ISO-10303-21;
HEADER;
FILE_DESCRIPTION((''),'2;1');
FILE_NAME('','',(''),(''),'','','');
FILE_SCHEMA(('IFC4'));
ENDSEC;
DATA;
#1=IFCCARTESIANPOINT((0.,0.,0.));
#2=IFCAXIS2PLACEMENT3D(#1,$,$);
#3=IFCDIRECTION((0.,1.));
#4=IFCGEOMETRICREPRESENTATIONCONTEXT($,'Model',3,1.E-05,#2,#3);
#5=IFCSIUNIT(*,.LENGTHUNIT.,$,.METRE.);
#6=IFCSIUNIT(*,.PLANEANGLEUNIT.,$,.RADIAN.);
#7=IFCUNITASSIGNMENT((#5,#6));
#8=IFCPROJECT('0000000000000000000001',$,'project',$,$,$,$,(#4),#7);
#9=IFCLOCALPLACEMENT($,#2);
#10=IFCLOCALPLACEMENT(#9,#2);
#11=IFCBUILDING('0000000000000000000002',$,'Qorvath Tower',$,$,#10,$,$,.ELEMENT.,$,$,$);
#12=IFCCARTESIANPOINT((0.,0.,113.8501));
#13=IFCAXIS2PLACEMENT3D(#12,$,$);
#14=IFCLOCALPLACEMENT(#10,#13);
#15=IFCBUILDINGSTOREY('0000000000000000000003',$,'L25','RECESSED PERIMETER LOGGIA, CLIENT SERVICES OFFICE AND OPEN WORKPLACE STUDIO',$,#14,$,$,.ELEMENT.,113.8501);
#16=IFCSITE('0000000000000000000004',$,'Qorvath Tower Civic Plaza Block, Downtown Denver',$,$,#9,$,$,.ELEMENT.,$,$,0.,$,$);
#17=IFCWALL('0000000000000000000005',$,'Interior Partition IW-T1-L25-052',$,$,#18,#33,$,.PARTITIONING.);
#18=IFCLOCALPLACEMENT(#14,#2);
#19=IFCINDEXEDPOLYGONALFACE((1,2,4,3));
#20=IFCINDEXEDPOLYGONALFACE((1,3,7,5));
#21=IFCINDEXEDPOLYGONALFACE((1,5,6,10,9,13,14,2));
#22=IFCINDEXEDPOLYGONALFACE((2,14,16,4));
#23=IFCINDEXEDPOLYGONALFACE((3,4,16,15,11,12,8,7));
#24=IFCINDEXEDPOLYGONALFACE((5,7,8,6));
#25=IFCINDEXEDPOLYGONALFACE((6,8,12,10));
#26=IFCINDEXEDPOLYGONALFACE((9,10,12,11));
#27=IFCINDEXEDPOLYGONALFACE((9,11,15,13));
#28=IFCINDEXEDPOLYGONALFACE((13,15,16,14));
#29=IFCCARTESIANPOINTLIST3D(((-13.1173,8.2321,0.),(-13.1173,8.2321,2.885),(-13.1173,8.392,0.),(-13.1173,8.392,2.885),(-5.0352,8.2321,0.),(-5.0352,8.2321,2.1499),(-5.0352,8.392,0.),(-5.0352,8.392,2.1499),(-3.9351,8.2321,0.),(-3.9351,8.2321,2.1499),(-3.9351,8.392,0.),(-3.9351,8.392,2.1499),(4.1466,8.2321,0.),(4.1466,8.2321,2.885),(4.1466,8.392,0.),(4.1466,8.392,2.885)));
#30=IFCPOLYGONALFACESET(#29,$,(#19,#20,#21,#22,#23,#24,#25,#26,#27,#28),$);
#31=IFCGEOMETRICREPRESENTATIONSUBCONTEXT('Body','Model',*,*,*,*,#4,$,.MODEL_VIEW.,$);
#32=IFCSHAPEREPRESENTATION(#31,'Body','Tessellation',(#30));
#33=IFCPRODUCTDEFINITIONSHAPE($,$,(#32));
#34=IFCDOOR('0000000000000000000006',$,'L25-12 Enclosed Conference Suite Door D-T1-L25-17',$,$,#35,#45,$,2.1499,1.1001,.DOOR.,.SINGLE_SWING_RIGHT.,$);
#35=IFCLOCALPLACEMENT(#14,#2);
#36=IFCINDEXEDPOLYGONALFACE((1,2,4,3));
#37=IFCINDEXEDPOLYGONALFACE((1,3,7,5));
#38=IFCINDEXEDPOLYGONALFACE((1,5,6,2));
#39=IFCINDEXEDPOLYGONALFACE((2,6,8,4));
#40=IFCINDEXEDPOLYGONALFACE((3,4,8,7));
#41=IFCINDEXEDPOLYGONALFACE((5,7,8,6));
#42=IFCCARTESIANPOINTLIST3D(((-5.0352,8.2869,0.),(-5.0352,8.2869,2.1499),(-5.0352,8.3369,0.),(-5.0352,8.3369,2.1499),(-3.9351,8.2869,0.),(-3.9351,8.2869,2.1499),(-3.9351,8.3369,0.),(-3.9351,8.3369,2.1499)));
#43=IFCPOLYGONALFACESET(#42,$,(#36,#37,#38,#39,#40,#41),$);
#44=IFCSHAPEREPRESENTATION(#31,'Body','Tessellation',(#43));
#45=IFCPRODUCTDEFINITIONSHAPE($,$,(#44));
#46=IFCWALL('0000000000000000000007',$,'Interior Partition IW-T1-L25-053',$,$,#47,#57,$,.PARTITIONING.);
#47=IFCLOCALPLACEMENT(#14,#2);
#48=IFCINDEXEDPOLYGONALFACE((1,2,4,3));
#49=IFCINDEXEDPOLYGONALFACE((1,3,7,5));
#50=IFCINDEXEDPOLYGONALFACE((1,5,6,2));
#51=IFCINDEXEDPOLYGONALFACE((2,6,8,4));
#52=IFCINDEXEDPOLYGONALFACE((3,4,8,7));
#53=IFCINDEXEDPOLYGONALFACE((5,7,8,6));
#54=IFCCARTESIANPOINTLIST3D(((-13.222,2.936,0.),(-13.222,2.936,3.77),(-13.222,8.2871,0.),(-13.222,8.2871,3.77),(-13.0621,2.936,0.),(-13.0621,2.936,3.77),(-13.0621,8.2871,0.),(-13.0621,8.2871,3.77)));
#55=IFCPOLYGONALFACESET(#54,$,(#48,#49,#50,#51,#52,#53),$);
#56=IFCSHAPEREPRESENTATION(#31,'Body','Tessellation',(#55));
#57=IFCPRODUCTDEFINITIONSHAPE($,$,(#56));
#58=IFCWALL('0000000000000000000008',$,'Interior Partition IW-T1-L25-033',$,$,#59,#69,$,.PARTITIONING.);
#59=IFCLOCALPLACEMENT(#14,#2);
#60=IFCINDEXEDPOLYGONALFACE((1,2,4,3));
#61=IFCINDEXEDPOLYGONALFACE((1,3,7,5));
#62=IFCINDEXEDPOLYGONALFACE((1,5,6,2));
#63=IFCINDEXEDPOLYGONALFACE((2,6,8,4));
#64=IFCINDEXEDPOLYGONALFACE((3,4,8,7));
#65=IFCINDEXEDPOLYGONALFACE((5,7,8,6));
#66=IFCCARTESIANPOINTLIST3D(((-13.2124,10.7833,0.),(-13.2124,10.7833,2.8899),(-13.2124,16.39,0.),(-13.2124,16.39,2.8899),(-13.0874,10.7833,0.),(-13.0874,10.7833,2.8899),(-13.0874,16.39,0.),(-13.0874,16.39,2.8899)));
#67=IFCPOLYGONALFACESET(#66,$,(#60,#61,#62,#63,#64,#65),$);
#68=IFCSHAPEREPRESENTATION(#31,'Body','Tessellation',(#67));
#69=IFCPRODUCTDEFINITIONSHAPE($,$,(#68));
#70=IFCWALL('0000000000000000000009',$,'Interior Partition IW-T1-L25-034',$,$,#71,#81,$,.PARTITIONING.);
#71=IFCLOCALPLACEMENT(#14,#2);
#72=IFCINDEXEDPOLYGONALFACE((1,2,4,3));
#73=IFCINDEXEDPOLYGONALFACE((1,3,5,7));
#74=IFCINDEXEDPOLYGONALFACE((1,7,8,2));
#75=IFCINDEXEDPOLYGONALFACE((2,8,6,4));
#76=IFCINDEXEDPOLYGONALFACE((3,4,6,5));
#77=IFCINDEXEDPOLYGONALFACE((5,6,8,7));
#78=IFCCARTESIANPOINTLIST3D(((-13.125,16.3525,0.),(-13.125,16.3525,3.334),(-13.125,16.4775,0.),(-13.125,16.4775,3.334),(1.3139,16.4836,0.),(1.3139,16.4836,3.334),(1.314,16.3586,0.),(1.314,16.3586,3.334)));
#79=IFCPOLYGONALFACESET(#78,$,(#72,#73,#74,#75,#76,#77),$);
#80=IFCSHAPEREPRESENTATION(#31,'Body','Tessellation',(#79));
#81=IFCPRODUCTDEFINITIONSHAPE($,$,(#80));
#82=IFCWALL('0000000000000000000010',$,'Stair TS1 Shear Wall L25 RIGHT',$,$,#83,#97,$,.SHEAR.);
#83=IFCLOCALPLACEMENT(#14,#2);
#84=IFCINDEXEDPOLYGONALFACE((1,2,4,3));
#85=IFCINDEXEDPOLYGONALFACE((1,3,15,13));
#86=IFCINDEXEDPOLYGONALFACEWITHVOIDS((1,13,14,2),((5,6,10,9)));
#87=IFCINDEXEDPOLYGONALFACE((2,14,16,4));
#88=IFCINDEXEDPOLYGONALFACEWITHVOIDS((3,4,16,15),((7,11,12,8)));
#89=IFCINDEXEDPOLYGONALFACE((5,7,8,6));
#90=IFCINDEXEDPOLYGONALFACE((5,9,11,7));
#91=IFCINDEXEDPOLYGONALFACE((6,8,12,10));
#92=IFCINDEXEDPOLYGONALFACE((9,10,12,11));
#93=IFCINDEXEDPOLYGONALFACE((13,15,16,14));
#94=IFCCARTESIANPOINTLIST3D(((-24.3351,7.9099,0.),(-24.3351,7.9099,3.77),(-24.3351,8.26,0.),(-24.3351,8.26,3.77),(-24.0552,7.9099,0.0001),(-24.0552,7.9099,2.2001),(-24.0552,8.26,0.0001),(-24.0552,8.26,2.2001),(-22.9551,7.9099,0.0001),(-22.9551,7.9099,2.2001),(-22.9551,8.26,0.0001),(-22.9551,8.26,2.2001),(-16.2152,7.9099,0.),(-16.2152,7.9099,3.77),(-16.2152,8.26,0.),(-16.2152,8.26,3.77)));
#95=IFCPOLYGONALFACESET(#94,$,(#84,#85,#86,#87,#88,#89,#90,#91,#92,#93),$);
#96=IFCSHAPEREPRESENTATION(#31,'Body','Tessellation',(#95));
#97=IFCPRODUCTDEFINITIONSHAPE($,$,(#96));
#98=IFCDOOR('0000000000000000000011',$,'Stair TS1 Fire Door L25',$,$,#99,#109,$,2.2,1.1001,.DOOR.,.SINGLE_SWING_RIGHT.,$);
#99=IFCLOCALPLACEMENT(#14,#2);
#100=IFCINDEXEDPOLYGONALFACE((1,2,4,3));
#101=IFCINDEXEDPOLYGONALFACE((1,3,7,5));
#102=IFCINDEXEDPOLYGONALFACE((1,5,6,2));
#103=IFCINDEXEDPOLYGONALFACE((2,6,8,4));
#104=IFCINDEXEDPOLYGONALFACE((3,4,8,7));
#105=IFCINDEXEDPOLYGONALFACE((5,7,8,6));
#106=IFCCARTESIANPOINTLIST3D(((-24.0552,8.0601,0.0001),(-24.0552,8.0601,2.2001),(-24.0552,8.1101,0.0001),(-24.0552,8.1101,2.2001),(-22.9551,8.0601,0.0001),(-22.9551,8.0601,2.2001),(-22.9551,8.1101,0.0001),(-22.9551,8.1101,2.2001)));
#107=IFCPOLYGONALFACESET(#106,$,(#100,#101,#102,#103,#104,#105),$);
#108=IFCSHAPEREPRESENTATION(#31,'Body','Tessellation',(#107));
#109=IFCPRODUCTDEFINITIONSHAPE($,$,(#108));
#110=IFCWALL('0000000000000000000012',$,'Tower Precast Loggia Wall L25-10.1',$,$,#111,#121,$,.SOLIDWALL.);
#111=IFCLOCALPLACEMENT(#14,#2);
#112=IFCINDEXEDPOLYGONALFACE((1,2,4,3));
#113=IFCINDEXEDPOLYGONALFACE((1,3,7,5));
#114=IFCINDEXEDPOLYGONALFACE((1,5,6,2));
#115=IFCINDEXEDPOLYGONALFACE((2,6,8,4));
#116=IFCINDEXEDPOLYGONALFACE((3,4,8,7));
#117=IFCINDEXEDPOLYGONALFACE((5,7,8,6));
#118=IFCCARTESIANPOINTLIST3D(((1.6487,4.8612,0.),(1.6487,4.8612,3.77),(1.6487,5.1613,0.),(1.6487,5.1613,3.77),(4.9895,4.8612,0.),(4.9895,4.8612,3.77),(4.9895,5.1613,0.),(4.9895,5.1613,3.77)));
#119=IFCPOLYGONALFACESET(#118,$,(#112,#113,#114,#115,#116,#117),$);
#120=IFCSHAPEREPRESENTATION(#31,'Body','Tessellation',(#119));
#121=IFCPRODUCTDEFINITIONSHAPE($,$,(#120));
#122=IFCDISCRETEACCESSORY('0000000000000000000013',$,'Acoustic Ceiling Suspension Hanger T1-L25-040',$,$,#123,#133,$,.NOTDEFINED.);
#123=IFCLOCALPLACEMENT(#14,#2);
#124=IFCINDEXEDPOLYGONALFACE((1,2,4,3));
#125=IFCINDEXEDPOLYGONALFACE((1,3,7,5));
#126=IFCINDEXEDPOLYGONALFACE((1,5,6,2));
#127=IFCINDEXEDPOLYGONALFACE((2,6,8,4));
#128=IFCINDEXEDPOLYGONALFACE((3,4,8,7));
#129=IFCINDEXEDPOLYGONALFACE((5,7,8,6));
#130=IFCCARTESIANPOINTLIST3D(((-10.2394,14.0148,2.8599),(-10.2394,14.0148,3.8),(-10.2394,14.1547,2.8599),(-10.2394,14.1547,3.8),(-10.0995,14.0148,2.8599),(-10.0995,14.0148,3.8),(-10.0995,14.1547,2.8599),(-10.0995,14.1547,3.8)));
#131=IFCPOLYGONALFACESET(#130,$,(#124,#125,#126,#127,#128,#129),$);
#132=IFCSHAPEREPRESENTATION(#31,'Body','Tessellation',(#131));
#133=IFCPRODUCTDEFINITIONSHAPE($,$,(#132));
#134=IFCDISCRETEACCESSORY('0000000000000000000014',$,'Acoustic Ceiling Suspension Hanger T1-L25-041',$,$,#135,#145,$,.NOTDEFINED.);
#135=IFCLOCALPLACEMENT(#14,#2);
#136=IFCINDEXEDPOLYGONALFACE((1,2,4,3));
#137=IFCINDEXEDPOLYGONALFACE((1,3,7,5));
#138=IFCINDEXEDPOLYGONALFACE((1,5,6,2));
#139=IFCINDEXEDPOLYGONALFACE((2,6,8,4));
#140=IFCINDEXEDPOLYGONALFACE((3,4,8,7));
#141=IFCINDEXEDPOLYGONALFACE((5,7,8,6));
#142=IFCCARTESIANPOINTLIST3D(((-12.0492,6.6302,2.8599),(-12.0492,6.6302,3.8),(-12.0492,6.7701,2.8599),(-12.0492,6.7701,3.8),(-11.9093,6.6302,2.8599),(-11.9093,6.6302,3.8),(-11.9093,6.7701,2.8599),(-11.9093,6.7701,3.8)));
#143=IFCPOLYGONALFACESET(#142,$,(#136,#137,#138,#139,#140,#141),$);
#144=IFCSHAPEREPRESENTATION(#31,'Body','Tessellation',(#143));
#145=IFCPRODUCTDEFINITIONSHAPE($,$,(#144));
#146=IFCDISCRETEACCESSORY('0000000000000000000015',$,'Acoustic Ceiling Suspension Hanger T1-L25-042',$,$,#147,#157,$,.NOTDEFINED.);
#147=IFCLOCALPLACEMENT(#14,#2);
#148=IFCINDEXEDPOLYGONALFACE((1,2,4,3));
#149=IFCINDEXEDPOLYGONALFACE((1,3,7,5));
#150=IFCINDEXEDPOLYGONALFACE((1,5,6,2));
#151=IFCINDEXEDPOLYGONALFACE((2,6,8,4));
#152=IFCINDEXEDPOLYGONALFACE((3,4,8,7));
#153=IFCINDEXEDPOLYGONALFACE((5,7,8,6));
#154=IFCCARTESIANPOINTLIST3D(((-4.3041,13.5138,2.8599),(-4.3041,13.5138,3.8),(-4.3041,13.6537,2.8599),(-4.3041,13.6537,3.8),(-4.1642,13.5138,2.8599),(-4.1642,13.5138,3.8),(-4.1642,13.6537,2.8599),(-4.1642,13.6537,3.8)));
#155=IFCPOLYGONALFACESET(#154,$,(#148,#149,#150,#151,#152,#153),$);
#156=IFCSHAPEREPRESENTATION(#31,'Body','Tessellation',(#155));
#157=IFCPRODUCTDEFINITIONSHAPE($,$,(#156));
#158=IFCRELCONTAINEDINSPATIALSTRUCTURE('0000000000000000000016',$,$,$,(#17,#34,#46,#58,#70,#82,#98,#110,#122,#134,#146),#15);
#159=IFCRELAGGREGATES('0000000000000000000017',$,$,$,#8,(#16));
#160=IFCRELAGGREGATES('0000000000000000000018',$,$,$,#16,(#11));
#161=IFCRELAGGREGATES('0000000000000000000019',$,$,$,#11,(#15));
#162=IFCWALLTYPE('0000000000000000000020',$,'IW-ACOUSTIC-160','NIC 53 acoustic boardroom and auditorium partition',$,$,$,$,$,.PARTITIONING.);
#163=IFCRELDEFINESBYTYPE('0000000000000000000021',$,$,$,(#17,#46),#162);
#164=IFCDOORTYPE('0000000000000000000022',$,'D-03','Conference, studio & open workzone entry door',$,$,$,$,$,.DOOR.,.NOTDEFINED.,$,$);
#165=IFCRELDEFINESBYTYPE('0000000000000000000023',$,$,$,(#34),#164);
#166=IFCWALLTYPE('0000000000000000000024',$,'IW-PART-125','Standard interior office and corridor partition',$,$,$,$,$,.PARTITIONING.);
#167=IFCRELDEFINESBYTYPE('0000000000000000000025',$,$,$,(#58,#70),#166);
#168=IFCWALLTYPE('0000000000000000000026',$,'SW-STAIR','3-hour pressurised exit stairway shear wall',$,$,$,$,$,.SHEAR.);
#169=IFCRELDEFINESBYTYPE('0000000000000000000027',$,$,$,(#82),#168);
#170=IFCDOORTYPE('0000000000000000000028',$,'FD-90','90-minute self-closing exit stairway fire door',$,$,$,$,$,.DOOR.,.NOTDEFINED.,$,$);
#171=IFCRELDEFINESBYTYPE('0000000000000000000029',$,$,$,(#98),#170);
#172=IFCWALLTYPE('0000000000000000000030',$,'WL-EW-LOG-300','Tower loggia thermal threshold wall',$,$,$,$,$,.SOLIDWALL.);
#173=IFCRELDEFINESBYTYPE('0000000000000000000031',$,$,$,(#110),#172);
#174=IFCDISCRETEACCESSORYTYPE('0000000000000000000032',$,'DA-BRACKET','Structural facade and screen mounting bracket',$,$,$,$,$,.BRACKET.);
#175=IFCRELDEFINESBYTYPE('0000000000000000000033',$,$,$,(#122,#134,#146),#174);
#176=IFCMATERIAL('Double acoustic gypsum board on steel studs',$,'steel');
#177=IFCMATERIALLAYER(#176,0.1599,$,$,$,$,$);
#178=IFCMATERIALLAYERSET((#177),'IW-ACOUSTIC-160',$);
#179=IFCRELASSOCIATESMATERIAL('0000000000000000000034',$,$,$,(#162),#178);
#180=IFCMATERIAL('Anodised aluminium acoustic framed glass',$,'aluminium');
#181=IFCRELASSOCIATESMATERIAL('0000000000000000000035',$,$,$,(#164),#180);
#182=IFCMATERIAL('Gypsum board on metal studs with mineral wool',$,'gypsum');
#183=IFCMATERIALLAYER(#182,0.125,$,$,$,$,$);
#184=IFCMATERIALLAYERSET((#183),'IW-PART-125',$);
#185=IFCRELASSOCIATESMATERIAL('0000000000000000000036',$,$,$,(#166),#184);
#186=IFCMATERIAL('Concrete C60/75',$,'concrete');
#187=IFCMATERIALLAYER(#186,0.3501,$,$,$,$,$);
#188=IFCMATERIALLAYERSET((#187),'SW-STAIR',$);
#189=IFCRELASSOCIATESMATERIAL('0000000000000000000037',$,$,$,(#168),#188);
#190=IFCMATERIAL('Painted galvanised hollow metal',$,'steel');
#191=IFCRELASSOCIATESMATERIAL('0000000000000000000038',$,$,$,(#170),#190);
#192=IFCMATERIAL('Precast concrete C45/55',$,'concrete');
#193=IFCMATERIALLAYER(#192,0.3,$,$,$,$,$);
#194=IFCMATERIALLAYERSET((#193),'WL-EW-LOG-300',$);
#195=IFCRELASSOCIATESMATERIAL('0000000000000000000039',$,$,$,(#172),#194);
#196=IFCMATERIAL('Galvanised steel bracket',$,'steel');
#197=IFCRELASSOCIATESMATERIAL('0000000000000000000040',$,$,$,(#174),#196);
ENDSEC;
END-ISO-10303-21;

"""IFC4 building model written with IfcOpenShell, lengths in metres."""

from ifc_helpers import new_model, si_unit, direction, frame, frame_2d, origin, origin_2d, place, context, subcontext, project, spatial, rectangle, extrude, material, layer, layer_set, type_object, element, fill, save


model = new_model("IFC4")

# Units and contexts
model_context = context("Model", 3, precision=1e-05, world=origin(), true_north=direction((0.0, 1.0)))
body_context = subcontext(model_context, "Body", "Model", "MODEL_VIEW")
ifc_project = project(units=[si_unit("LENGTHUNIT", "METRE"), si_unit("PLANEANGLEUNIT", "RADIAN")], contexts=[model_context])

# Site, building, storey
site_placement = place(None, origin())
site = spatial("IfcSite", under=ifc_project, at=site_placement, Name="Qorvath Tower Civic Plaza Block, Downtown Denver", CompositionType="ELEMENT", RefElevation=0.0)
building_placement = place(site_placement, origin())
building = spatial("IfcBuilding", under=site, at=building_placement, Name="Qorvath Tower", CompositionType="ELEMENT")
storey_placement = place(building_placement, frame((0.0, 0.0, 113.8501)))
storey = spatial("IfcBuildingStorey", under=building, at=storey_placement, Name="L25", Description="RECESSED PERIMETER LOGGIA, CLIENT SERVICES OFFICE AND OPEN WORKPLACE STUDIO", CompositionType="ELEMENT", Elevation=113.8501)

# Shared definitions
ifc_material_1 = material(Name="Double acoustic gypsum board on steel studs", Category="steel")
ifc_layer_1 = layer(ifc_material_1, 0.1599)
ifc_layer_set_1 = layer_set([ifc_layer_1], Name="IW-ACOUSTIC-160")
wall_type_1 = type_object("IfcWallType", Name="IW-ACOUSTIC-160", Description="NIC 53 acoustic boardroom and auditorium partition", PredefinedType="PARTITIONING", material=ifc_layer_set_1)

# Wall, opening, door
wall_1_placement = place(storey_placement, frame((-13.1172, 8.312, 0.0), z_axis=(0.0, 0.0, 1.0), x_axis=(1.0, 0.0, 0.0)))
wall_1 = element("IfcWall", 1, at=wall_1_placement, inside=storey, type_object=wall_type_1, Name="Interior Partition IW-T1-L25-052", PredefinedType="PARTITIONING", context=body_context, shape_type="SweptSolid", body=[
    extrude(rectangle(XDim=17.2639, YDim=0.1599, at=frame_2d((8.6318, 0.0))), origin(), (0.0, 0.0, 1.0), 2.885),
])
opening_1_placement = place(wall_1_placement, frame((8.082, 0.0, 0.0)))
opening_1 = element("IfcOpeningElement", 2, at=opening_1_placement, cuts=wall_1, PredefinedType="OPENING", context=body_context, shape_type="SweptSolid", body=[
    extrude(rectangle(XDim=1.1001, YDim=2.1499, at=frame_2d((0.55, 1.075))), frame((0.0, 0.0898, 0.0), z_axis=(0.0, -1.0, 0.0), x_axis=(1.0, 0.0, 0.0)), (0.0, 0.0, 1.0), 0.1799),
])
ifc_material_2 = material(Name="Anodised aluminium acoustic framed glass", Category="aluminium")
door_type_1 = type_object("IfcDoorType", Name="D-03", Description="Conference, studio & open workzone entry door", OperationType="NOTDEFINED", PredefinedType="DOOR", material=ifc_material_2)
door_1_placement = place(opening_1_placement, origin())
door_1 = element("IfcDoor", 3, at=door_1_placement, inside=storey, type_object=door_type_1, Name="L25-12 Enclosed Conference Suite Door D-T1-L25-17", OperationType="SINGLE_SWING_RIGHT", OverallHeight=2.1499, OverallWidth=1.1001, PredefinedType="DOOR", context=body_context, shape_type="SweptSolid", body=[
    extrude(rectangle(XDim=1.1001, YDim=2.1499, at=frame_2d((0.55, 1.075))), frame((0.0, 0.0249, 0.0), z_axis=(0.0, -1.0, 0.0), x_axis=(1.0, 0.0, 0.0)), (0.0, 0.0, 1.0), 0.05),
])
fill(opening_1, door_1)

# Wall
wall_2_placement = place(storey_placement, frame((-13.1421, 8.2871, 0.0), z_axis=(0.0, 0.0, 1.0), x_axis=(0.0, -1.0, 0.0)))
element("IfcWall", 4, at=wall_2_placement, inside=storey, type_object=wall_type_1, Name="Interior Partition IW-T1-L25-053", PredefinedType="PARTITIONING", context=body_context, shape_type="SweptSolid", body=[
    extrude(rectangle(XDim=5.3511, YDim=0.1599, at=frame_2d((2.6755, 0.0))), origin(), (0.0, 0.0, 1.0), 3.77),
])

# Shared definitions
ifc_material_3 = material(Name="Gypsum board on metal studs with mineral wool", Category="gypsum")
ifc_layer_2 = layer(ifc_material_3, 0.125)
ifc_layer_set_2 = layer_set([ifc_layer_2], Name="IW-PART-125")
wall_type_2 = type_object("IfcWallType", Name="IW-PART-125", Description="Standard interior office and corridor partition", PredefinedType="PARTITIONING", material=ifc_layer_set_2)

# Walls
wall_3_placement = place(storey_placement, frame((-13.1499, 16.3899, 0.0), z_axis=(0.0, 0.0, 1.0), x_axis=(0.0, -1.0, 0.0)))
element("IfcWall", 5, at=wall_3_placement, inside=storey, type_object=wall_type_2, Name="Interior Partition IW-T1-L25-033", PredefinedType="PARTITIONING", context=body_context, shape_type="SweptSolid", body=[
    extrude(rectangle(XDim=5.6067, YDim=0.125, at=frame_2d((2.8032, 0.0))), origin(), (0.0, 0.0, 1.0), 2.8899),
])
wall_4_placement = place(storey_placement, frame((-13.125, 16.415, 0.0), z_axis=(0.0, 0.0, 1.0), x_axis=(1.0, 0.000423, 0.0)))
element("IfcWall", 6, at=wall_4_placement, inside=storey, type_object=wall_type_2, Name="Interior Partition IW-T1-L25-034", PredefinedType="PARTITIONING", context=body_context, shape_type="SweptSolid", body=[
    extrude(rectangle(XDim=14.439, YDim=0.125, at=frame_2d((7.2195, 0.0))), origin(), (0.0, 0.0, 1.0), 3.334),
])

# Wall, opening, door
ifc_material_4 = material(Name="Concrete C60/75", Category="concrete")
ifc_layer_3 = layer(ifc_material_4, 0.3501)
ifc_layer_set_3 = layer_set([ifc_layer_3], Name="SW-STAIR")
wall_type_3 = type_object("IfcWallType", Name="SW-STAIR", Description="3-hour pressurised exit stairway shear wall", PredefinedType="SHEAR", material=ifc_layer_set_3)
wall_5_placement = place(storey_placement, frame((-16.2151, 8.085, 0.0), z_axis=(0.0, 0.0, 1.0), x_axis=(-1.0, 0.0, 0.0)))
wall_5 = element("IfcWall", 7, at=wall_5_placement, inside=storey, type_object=wall_type_3, Name="Stair TS1 Shear Wall L25 RIGHT", PredefinedType="SHEAR", context=body_context, shape_type="SweptSolid", body=[
    extrude(rectangle(XDim=8.1199, YDim=0.3501, at=frame_2d((4.0601, 0.0))), origin(), (0.0, 0.0, 1.0), 3.77),
])
opening_2_placement = place(wall_5_placement, frame((6.74, 0.0, 0.0)))
opening_2 = element("IfcOpeningElement", 8, at=opening_2_placement, cuts=wall_5, PredefinedType="OPENING", context=body_context, shape_type="SweptSolid", body=[
    extrude(rectangle(XDim=1.1001, YDim=2.2, at=frame_2d((0.55, 1.1001))), frame((0.0, 0.1851, 0.0), z_axis=(0.0, -1.0, 0.0), x_axis=(1.0, 0.0, 0.0)), (0.0, 0.0, 1.0), 0.3701),
])
ifc_material_5 = material(Name="Painted galvanised hollow metal", Category="steel")
door_type_2 = type_object("IfcDoorType", Name="FD-90", Description="90-minute self-closing exit stairway fire door", OperationType="NOTDEFINED", PredefinedType="DOOR", material=ifc_material_5)
door_2_placement = place(opening_2_placement, origin())
door_2 = element("IfcDoor", 9, at=door_2_placement, inside=storey, type_object=door_type_2, Name="Stair TS1 Fire Door L25", OperationType="SINGLE_SWING_RIGHT", OverallHeight=2.2, OverallWidth=1.1001, PredefinedType="DOOR", context=body_context, shape_type="SweptSolid", body=[
    extrude(rectangle(XDim=1.1001, YDim=2.2, at=frame_2d((0.55, 1.1001))), frame((0.0, 0.0249, 0.0), z_axis=(0.0, -1.0, 0.0), x_axis=(1.0, 0.0, 0.0)), (0.0, 0.0, 1.0), 0.05),
])
fill(opening_2, door_2)

# Wall
ifc_material_6 = material(Name="Precast concrete C45/55", Category="concrete")
ifc_layer_4 = layer(ifc_material_6, 0.3)
ifc_layer_set_4 = layer_set([ifc_layer_4], Name="WL-EW-LOG-300")
wall_type_4 = type_object("IfcWallType", Name="WL-EW-LOG-300", Description="Tower loggia thermal threshold wall", PredefinedType="SOLIDWALL", material=ifc_layer_set_4)
wall_6_placement = place(storey_placement, frame((1.6487, 5.0112, 0.0), z_axis=(0.0, 0.0, 1.0), x_axis=(1.0, 0.0, 0.0)))
element("IfcWall", 10, at=wall_6_placement, inside=storey, type_object=wall_type_4, Name="Tower Precast Loggia Wall L25-10.1", PredefinedType="SOLIDWALL", context=body_context, shape_type="SweptSolid", body=[
    extrude(rectangle(XDim=3.3408, YDim=0.3, at=frame_2d((1.6704, 0.0))), origin(), (0.0, 0.0, 1.0), 3.77),
])

# Discrete accessories
ifc_material_7 = material(Name="Galvanised steel bracket", Category="steel")
discrete_accessory_type = type_object("IfcDiscreteAccessoryType", Name="DA-BRACKET", Description="Structural facade and screen mounting bracket", PredefinedType="BRACKET", material=ifc_material_7)
for number, where, z_axis, x_axis, name in (
    (11, (-10.1694, 14.0847, 2.8599), (0.0, 0.0, 1.0), (1.0, 0.0, 0.0), "Acoustic Ceiling Suspension Hanger T1-L25-040"),
    (12, (-11.9792, 6.7002, 2.8599), (0.0, 0.0, 1.0), (1.0, 0.0, 0.0), "Acoustic Ceiling Suspension Hanger T1-L25-041"),
    (13, (-4.2341, 13.5837, 2.8599), (0.0, 0.0, 1.0), (1.0, 0.0, 0.0), "Acoustic Ceiling Suspension Hanger T1-L25-042"),
):
    element("IfcDiscreteAccessory", number, at=place(storey_placement, frame(where, z_axis=z_axis, x_axis=x_axis)), inside=storey, type_object=discrete_accessory_type, Name=name, PredefinedType="NOTDEFINED", context=body_context, shape_type="SweptSolid", body=[
        extrude(rectangle(XDim=0.1399, YDim=0.1399, at=origin_2d()), origin(), (0.0, 0.0, 1.0), 0.9402),
    ])

save(model, "model.ifc")
